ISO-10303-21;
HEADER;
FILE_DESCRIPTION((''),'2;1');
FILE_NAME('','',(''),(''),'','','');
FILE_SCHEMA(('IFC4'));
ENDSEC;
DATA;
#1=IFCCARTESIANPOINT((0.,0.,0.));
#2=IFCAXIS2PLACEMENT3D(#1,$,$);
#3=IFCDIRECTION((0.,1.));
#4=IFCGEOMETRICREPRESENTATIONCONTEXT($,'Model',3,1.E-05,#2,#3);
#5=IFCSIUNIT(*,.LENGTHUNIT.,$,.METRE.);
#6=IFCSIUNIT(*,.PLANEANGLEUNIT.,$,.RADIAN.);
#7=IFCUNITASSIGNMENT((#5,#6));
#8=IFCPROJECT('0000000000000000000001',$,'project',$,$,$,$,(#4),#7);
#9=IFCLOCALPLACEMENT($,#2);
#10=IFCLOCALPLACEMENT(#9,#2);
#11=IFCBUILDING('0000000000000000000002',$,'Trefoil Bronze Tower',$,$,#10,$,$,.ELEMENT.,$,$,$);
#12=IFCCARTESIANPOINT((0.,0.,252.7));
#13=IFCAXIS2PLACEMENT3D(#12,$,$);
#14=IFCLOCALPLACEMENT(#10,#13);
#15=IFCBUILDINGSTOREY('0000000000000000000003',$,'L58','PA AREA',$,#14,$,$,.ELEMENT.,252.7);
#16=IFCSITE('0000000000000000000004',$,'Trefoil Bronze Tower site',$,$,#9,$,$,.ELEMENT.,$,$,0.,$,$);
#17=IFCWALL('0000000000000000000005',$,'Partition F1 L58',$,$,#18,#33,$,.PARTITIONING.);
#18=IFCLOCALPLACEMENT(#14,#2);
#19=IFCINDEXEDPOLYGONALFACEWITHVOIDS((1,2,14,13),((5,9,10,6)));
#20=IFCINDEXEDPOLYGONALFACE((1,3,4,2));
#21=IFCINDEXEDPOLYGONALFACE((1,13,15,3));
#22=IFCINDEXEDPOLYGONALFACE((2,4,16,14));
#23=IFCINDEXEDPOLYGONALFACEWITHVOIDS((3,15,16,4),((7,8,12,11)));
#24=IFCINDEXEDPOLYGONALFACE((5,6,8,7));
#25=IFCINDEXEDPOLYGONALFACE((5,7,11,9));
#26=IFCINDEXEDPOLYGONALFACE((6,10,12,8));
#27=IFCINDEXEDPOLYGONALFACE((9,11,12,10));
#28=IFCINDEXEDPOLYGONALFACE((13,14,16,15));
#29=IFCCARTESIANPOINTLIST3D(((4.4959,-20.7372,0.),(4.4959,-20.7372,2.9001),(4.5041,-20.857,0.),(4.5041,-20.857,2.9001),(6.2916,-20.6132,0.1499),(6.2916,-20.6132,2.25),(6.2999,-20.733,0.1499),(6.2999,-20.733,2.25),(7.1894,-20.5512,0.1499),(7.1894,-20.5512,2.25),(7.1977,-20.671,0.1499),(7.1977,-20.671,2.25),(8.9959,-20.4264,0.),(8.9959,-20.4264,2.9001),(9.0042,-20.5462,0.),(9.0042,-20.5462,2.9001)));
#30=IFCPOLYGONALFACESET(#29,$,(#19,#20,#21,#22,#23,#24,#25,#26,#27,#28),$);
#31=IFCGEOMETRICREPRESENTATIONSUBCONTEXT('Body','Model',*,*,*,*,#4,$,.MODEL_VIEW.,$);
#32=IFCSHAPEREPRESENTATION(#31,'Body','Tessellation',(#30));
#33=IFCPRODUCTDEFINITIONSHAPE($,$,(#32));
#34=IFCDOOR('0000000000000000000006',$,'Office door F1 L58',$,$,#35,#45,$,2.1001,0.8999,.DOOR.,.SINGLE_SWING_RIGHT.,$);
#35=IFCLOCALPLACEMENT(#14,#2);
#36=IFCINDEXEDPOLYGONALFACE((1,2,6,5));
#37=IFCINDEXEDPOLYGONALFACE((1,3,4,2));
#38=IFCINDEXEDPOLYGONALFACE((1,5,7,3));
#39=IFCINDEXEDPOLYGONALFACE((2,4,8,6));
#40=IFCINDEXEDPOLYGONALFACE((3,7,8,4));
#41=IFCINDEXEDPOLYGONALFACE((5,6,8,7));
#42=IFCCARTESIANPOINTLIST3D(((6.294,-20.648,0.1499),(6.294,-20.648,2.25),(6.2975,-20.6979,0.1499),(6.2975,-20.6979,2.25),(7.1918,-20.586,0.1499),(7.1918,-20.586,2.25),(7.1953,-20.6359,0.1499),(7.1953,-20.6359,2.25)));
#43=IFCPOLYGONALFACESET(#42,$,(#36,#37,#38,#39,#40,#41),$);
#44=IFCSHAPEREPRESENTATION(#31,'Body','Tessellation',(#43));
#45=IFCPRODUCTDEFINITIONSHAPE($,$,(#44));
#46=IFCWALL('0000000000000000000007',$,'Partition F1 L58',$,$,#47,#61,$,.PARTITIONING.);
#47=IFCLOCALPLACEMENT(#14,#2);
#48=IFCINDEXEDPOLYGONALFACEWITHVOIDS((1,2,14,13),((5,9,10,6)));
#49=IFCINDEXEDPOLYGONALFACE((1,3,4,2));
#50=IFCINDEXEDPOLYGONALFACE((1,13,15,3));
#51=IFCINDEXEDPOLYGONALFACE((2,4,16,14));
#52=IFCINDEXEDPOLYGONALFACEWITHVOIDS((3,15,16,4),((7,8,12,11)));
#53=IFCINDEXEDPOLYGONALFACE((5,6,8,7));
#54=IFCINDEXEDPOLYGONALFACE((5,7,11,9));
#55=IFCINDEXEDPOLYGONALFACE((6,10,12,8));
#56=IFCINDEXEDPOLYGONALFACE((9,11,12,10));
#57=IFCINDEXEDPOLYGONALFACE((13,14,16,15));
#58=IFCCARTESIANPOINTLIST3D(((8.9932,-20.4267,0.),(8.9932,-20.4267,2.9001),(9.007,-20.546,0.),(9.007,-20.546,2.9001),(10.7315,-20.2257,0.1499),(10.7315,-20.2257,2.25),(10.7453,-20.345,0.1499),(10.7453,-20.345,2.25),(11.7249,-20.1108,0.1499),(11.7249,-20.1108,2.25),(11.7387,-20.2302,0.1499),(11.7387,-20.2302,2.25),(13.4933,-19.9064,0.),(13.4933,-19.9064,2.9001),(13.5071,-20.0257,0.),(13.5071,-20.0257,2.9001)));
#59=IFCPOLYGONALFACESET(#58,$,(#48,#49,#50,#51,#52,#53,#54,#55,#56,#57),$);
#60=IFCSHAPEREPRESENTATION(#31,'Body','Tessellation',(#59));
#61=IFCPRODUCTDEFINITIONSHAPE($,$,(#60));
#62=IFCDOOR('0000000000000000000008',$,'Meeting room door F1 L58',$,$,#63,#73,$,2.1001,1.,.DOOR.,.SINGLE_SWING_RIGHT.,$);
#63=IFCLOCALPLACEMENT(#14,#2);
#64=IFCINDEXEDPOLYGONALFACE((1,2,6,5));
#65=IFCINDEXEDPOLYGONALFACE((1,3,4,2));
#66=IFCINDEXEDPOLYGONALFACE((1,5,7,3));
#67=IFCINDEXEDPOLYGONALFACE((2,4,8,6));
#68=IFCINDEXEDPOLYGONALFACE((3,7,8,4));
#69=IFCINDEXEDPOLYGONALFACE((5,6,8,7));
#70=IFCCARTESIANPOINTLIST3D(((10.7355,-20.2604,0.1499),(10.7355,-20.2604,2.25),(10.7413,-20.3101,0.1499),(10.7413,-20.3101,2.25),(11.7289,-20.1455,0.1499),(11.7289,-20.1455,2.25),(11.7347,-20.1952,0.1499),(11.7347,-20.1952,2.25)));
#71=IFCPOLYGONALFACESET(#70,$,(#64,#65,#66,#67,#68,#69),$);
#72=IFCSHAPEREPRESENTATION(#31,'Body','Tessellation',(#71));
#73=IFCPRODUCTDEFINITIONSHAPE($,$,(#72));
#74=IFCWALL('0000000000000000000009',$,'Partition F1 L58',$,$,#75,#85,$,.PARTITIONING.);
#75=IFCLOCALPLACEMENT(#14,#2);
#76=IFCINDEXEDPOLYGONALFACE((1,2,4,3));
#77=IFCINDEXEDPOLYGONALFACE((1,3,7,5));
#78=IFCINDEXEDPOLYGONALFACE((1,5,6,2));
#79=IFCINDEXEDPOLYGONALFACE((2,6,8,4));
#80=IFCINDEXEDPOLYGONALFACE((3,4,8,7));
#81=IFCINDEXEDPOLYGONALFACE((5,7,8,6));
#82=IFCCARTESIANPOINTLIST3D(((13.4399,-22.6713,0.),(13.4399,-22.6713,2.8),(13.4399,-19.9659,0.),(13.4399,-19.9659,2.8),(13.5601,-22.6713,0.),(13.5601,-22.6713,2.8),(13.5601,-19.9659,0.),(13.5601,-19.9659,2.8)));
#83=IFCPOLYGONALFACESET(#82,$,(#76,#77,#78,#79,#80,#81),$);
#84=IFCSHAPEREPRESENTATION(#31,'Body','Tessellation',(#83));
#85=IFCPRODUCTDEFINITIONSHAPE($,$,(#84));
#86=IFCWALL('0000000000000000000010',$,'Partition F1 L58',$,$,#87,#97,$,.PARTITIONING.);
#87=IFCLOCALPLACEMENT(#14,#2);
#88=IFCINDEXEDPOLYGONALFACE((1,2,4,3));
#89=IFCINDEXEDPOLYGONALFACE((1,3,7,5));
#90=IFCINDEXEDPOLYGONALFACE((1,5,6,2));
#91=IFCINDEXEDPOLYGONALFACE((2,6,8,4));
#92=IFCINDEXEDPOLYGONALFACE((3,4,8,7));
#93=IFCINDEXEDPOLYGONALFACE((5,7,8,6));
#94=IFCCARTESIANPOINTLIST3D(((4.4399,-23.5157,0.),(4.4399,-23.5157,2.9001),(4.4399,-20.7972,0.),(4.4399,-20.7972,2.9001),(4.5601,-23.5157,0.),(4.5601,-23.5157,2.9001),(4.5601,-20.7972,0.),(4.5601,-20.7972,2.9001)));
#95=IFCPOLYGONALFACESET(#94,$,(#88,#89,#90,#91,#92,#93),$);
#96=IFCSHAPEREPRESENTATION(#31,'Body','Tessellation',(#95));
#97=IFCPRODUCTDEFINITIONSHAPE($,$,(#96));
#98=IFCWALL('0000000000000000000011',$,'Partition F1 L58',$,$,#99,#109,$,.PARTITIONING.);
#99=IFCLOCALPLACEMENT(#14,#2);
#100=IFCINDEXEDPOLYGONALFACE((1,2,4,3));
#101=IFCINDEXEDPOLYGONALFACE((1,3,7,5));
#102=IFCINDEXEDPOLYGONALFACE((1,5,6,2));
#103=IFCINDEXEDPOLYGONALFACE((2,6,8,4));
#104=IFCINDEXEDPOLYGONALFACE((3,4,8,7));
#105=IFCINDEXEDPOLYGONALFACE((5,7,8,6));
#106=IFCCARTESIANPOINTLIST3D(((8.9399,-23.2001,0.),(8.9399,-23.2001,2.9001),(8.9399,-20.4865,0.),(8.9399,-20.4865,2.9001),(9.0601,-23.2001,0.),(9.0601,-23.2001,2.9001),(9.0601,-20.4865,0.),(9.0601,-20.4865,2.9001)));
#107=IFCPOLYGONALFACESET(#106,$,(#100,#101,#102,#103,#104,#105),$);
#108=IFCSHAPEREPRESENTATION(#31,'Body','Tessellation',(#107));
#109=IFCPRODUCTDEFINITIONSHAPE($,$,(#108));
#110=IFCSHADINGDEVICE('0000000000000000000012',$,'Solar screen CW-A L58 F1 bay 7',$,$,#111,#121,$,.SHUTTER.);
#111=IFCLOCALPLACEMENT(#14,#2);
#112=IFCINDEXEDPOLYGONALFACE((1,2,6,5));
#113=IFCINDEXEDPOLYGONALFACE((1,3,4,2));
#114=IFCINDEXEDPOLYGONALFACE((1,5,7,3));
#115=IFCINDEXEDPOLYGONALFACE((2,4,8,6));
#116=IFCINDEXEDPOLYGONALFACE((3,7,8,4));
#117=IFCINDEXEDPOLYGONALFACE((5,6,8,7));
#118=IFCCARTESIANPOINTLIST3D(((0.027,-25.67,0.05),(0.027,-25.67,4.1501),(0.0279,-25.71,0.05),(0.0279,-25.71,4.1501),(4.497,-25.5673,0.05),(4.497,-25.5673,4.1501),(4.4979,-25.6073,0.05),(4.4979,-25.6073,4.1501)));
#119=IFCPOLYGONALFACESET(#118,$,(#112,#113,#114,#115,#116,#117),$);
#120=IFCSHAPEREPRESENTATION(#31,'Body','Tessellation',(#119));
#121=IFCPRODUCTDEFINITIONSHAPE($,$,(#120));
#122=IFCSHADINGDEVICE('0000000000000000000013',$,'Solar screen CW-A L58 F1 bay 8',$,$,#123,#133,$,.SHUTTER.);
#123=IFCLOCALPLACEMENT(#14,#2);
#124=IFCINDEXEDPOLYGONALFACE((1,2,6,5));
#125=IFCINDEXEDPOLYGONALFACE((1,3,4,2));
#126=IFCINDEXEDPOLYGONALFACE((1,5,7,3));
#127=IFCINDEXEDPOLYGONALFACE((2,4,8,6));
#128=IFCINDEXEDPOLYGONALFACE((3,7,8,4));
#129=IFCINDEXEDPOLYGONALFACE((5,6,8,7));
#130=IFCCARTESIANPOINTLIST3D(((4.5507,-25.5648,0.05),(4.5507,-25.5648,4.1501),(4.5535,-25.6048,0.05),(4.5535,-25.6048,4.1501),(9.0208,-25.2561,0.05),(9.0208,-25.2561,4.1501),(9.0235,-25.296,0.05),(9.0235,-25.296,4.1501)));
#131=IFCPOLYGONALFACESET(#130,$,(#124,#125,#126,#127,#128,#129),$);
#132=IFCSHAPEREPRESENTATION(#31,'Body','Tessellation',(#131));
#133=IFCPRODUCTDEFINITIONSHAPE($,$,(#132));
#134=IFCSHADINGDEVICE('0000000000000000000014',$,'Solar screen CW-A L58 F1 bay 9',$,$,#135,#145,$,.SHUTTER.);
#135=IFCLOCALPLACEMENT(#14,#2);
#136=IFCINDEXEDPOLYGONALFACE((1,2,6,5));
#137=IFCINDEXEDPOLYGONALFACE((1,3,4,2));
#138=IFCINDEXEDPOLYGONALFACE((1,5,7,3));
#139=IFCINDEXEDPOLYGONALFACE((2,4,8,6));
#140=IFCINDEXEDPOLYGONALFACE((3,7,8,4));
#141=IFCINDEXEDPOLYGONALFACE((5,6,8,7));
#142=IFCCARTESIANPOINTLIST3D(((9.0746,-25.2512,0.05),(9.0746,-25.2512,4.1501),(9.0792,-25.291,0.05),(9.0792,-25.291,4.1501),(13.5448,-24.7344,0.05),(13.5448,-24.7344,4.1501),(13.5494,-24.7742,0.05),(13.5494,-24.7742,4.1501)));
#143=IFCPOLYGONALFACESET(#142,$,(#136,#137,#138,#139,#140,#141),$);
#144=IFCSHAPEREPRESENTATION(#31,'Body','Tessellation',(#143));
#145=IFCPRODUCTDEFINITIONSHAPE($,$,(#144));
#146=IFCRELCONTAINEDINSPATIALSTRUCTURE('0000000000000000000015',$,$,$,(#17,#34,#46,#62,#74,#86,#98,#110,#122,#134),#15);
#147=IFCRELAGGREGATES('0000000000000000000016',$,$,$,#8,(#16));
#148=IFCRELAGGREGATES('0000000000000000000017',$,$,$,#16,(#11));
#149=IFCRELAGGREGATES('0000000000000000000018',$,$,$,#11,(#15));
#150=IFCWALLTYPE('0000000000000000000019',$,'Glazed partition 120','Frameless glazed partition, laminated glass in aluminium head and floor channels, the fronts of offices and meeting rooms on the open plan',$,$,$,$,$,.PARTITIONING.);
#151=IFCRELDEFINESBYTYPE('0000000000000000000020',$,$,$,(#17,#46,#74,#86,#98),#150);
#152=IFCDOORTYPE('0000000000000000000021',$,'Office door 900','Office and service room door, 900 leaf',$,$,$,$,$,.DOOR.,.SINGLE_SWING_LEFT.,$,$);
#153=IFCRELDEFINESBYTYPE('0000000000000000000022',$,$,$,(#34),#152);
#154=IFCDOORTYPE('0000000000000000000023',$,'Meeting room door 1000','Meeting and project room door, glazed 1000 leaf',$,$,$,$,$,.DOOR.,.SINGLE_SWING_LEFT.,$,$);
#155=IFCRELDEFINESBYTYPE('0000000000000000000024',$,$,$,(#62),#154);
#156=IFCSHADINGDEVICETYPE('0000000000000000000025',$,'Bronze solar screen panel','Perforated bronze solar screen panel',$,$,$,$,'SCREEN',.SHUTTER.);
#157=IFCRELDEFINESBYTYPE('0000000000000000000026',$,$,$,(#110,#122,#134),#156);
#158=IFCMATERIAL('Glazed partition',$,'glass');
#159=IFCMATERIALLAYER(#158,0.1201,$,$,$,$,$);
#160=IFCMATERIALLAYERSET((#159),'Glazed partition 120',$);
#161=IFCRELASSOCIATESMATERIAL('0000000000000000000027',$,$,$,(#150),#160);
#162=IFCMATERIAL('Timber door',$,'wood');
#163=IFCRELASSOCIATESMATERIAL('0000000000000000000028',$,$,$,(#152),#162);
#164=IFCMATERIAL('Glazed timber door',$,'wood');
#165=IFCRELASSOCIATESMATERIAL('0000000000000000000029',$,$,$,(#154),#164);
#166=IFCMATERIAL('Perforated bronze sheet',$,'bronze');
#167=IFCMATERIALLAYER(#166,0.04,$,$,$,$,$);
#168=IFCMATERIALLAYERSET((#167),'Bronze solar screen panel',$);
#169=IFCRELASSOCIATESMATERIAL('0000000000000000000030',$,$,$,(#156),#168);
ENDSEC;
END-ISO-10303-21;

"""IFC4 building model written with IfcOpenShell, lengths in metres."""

from ifc_helpers import new_model, si_unit, direction, frame, frame_2d, origin, origin_2d, place, context, subcontext, project, spatial, rectangle, extrude, material, layer, layer_set, type_object, element, fill, save


model = new_model("IFC4")

# Units and contexts
model_context = context("Model", 3, precision=1e-05, world=origin(), true_north=direction((0.0, 1.0)))
body_context = subcontext(model_context, "Body", "Model", "MODEL_VIEW")
ifc_project = project(units=[si_unit("LENGTHUNIT", "METRE"), si_unit("PLANEANGLEUNIT", "RADIAN")], contexts=[model_context])

# Site, building, storey
site_placement = place(None, origin())
site = spatial("IfcSite", under=ifc_project, at=site_placement, Name="Trefoil Bronze Tower site", CompositionType="ELEMENT", RefElevation=0.0)
building_placement = place(site_placement, origin())
building = spatial("IfcBuilding", under=site, at=building_placement, Name="Trefoil Bronze Tower", CompositionType="ELEMENT")
storey_placement = place(building_placement, frame((0.0, 0.0, 252.7)))
storey = spatial("IfcBuildingStorey", under=building, at=storey_placement, Name="L58", Description="PA AREA", CompositionType="ELEMENT", Elevation=252.7)

# Walls, openings, doors
ifc_material_1 = material(Name="Glazed partition", Category="glass")
ifc_layer_1 = layer(ifc_material_1, 0.1201)
ifc_layer_set_1 = layer_set([ifc_layer_1], Name="Glazed partition 120")
wall_type = type_object("IfcWallType", Name="Glazed partition 120", Description="Frameless glazed partition, laminated glass in aluminium head and floor channels, the fronts of offices and meeting rooms on the open plan", PredefinedType="PARTITIONING", material=ifc_layer_set_1)
ifc_material_2 = material(Name="Timber door", Category="wood")
door_type_1 = type_object("IfcDoorType", Name="Office door 900", Description="Office and service room door, 900 leaf", OperationType="SINGLE_SWING_LEFT", PredefinedType="DOOR", material=ifc_material_2)
wall_1_placement = place(storey_placement, frame((4.5, -20.7971, 0.0), z_axis=(0.0, 0.0, 1.0), x_axis=(0.997624, 0.068901, 0.0)))
wall_1 = element("IfcWall", 1, at=wall_1_placement, inside=storey, type_object=wall_type, Name="Partition F1 L58", PredefinedType="PARTITIONING", context=body_context, shape_type="SweptSolid", body=[
    extrude(rectangle(XDim=4.5107, YDim=0.1201, at=frame_2d((2.2554, 0.0))), origin(), (0.0, 0.0, 1.0), 2.9001),
])
opening_1_placement = place(wall_1_placement, frame((1.8, 0.0, 0.1499)))
opening_1 = element("IfcOpeningElement", 2, at=opening_1_placement, cuts=wall_1, PredefinedType="OPENING", context=body_context, shape_type="SweptSolid", body=[
    extrude(rectangle(XDim=0.8999, YDim=2.1001, at=frame_2d((0.45, 1.05))), frame((0.0, 0.0701, 0.0), z_axis=(0.0, -1.0, 0.0), x_axis=(1.0, 0.0, 0.0)), (0.0, 0.0, 1.0), 0.1401),
])
door_1_placement = place(opening_1_placement, frame((0.8999, 0.0, 0.0), z_axis=(0.0, 0.0, 1.0), x_axis=(-1.0, 0.0, 0.0)))
door_1 = element("IfcDoor", 3, at=door_1_placement, inside=storey, type_object=door_type_1, Name="Office door F1 L58", OperationType="SINGLE_SWING_RIGHT", OverallHeight=2.1001, OverallWidth=0.8999, PredefinedType="DOOR", context=body_context, shape_type="SweptSolid", body=[
    extrude(rectangle(XDim=0.8999, YDim=2.1001, at=frame_2d((0.45, 1.05))), frame((0.0, 0.0249, 0.0), z_axis=(0.0, -1.0, 0.0), x_axis=(1.0, 0.0, 0.0)), (0.0, 0.0, 1.0), 0.05),
])
fill(opening_1, door_1)
wall_2_placement = place(storey_placement, frame((9.0, -20.4863, 0.0), z_axis=(0.0, 0.0, 1.0), x_axis=(0.993383, 0.114849, 0.0)))
wall_2 = element("IfcWall", 4, at=wall_2_placement, inside=storey, type_object=wall_type, Name="Partition F1 L58", PredefinedType="PARTITIONING", context=body_context, shape_type="SweptSolid", body=[
    extrude(rectangle(XDim=4.53, YDim=0.1201, at=frame_2d((2.2651, 0.0))), origin(), (0.0, 0.0, 1.0), 2.9001),
])
opening_2_placement = place(wall_2_placement, frame((1.75, 0.0, 0.1499)))
opening_2 = element("IfcOpeningElement", 5, at=opening_2_placement, cuts=wall_2, PredefinedType="OPENING", context=body_context, shape_type="SweptSolid", body=[
    extrude(rectangle(XDim=1.0, YDim=2.1001, at=frame_2d((0.5, 1.05))), frame((0.0, 0.0701, 0.0), z_axis=(0.0, -1.0, 0.0), x_axis=(1.0, 0.0, 0.0)), (0.0, 0.0, 1.0), 0.1401),
])
ifc_material_3 = material(Name="Glazed timber door", Category="wood")
door_type_2 = type_object("IfcDoorType", Name="Meeting room door 1000", Description="Meeting and project room door, glazed 1000 leaf", OperationType="SINGLE_SWING_LEFT", PredefinedType="DOOR", material=ifc_material_3)
door_2_placement = place(opening_2_placement, frame((1.0, 0.0, 0.0), z_axis=(0.0, 0.0, 1.0), x_axis=(-1.0, 0.0, 0.0)))
door_2 = element("IfcDoor", 6, at=door_2_placement, inside=storey, type_object=door_type_2, Name="Meeting room door F1 L58", OperationType="SINGLE_SWING_RIGHT", OverallHeight=2.1001, OverallWidth=1.0, PredefinedType="DOOR", context=body_context, shape_type="SweptSolid", body=[
    extrude(rectangle(XDim=1.0, YDim=2.1001, at=frame_2d((0.5, 1.05))), frame((0.0, 0.0249, 0.0), z_axis=(0.0, -1.0, 0.0), x_axis=(1.0, 0.0, 0.0)), (0.0, 0.0, 1.0), 0.05),
])
fill(opening_2, door_2)

# Walls
wall_3_placement = place(storey_placement, frame((13.5, -19.9661, 0.0), z_axis=(0.0, 0.0, 1.0), x_axis=(0.0, -1.0, 0.0)))
element("IfcWall", 7, at=wall_3_placement, inside=storey, type_object=wall_type, Name="Partition F1 L58", PredefinedType="PARTITIONING", context=body_context, shape_type="SweptSolid", body=[
    extrude(rectangle(XDim=2.7053, YDim=0.1201, at=frame_2d((1.3525, 0.0))), origin(), (0.0, 0.0, 1.0), 2.8),
])
wall_4_placement = place(storey_placement, frame((4.5, -20.7971, 0.0), z_axis=(0.0, 0.0, 1.0), x_axis=(0.0, -1.0, 0.0)))
element("IfcWall", 8, at=wall_4_placement, inside=storey, type_object=wall_type, Name="Partition F1 L58", PredefinedType="PARTITIONING", context=body_context, shape_type="SweptSolid", body=[
    extrude(rectangle(XDim=2.7185, YDim=0.1201, at=frame_2d((1.3594, 0.0))), origin(), (0.0, 0.0, 1.0), 2.9001),
])
wall_5_placement = place(storey_placement, frame((9.0, -20.4863, 0.0), z_axis=(0.0, 0.0, 1.0), x_axis=(0.0, -1.0, 0.0)))
element("IfcWall", 9, at=wall_5_placement, inside=storey, type_object=wall_type, Name="Partition F1 L58", PredefinedType="PARTITIONING", context=body_context, shape_type="SweptSolid", body=[
    extrude(rectangle(XDim=2.7136, YDim=0.1201, at=frame_2d((1.3569, 0.0))), origin(), (0.0, 0.0, 1.0), 2.9001),
])

# Shading devices
ifc_material_4 = material(Name="Perforated bronze sheet", Category="bronze")
ifc_layer_2 = layer(ifc_material_4, 0.04)
ifc_layer_set_2 = layer_set([ifc_layer_2], Name="Bronze solar screen panel")
shading_device_type = type_object("IfcShadingDeviceType", Name="Bronze solar screen panel", Description="Perforated bronze solar screen panel", ElementType="SCREEN", PredefinedType="SHUTTER", material=ifc_layer_set_2)
shading_device_1_placement = place(storey_placement, frame((2.2625, -25.6387, 0.05), z_axis=(0.0, 0.0, 1.0), x_axis=(0.999736, 0.022972, 0.0)))
element("IfcShadingDevice", 10, at=shading_device_1_placement, inside=storey, type_object=shading_device_type, Name="Solar screen CW-A L58 F1 bay 7", PredefinedType="SHUTTER", context=body_context, shape_type="SweptSolid", body=[
    extrude(rectangle(XDim=4.4712, YDim=0.04, at=origin_2d()), origin(), (0.0, 0.0, 1.0), 4.1001),
])
shading_device_2_placement = place(storey_placement, frame((6.7871, -25.4304, 0.05), z_axis=(0.0, 0.0, 1.0), x_axis=(0.997623, 0.068915, 0.0)))
element("IfcShadingDevice", 11, at=shading_device_2_placement, inside=storey, type_object=shading_device_type, Name="Solar screen CW-A L58 F1 bay 8", PredefinedType="SHUTTER", context=body_context, shape_type="SweptSolid", body=[
    extrude(rectangle(XDim=4.4807, YDim=0.04, at=origin_2d()), origin(), (0.0, 0.0, 1.0), 4.1001),
])
shading_device_3_placement = place(storey_placement, frame((11.312, -25.0127, 0.05), z_axis=(0.0, 0.0, 1.0), x_axis=(0.993382, 0.114859, 0.0)))
element("IfcShadingDevice", 12, at=shading_device_3_placement, inside=storey, type_object=shading_device_type, Name="Solar screen CW-A L58 F1 bay 9", PredefinedType="SHUTTER", context=body_context, shape_type="SweptSolid", body=[
    extrude(rectangle(XDim=4.5, YDim=0.04, at=origin_2d()), origin(), (0.0, 0.0, 1.0), 4.1001),
])

save(model, "model.ifc")
